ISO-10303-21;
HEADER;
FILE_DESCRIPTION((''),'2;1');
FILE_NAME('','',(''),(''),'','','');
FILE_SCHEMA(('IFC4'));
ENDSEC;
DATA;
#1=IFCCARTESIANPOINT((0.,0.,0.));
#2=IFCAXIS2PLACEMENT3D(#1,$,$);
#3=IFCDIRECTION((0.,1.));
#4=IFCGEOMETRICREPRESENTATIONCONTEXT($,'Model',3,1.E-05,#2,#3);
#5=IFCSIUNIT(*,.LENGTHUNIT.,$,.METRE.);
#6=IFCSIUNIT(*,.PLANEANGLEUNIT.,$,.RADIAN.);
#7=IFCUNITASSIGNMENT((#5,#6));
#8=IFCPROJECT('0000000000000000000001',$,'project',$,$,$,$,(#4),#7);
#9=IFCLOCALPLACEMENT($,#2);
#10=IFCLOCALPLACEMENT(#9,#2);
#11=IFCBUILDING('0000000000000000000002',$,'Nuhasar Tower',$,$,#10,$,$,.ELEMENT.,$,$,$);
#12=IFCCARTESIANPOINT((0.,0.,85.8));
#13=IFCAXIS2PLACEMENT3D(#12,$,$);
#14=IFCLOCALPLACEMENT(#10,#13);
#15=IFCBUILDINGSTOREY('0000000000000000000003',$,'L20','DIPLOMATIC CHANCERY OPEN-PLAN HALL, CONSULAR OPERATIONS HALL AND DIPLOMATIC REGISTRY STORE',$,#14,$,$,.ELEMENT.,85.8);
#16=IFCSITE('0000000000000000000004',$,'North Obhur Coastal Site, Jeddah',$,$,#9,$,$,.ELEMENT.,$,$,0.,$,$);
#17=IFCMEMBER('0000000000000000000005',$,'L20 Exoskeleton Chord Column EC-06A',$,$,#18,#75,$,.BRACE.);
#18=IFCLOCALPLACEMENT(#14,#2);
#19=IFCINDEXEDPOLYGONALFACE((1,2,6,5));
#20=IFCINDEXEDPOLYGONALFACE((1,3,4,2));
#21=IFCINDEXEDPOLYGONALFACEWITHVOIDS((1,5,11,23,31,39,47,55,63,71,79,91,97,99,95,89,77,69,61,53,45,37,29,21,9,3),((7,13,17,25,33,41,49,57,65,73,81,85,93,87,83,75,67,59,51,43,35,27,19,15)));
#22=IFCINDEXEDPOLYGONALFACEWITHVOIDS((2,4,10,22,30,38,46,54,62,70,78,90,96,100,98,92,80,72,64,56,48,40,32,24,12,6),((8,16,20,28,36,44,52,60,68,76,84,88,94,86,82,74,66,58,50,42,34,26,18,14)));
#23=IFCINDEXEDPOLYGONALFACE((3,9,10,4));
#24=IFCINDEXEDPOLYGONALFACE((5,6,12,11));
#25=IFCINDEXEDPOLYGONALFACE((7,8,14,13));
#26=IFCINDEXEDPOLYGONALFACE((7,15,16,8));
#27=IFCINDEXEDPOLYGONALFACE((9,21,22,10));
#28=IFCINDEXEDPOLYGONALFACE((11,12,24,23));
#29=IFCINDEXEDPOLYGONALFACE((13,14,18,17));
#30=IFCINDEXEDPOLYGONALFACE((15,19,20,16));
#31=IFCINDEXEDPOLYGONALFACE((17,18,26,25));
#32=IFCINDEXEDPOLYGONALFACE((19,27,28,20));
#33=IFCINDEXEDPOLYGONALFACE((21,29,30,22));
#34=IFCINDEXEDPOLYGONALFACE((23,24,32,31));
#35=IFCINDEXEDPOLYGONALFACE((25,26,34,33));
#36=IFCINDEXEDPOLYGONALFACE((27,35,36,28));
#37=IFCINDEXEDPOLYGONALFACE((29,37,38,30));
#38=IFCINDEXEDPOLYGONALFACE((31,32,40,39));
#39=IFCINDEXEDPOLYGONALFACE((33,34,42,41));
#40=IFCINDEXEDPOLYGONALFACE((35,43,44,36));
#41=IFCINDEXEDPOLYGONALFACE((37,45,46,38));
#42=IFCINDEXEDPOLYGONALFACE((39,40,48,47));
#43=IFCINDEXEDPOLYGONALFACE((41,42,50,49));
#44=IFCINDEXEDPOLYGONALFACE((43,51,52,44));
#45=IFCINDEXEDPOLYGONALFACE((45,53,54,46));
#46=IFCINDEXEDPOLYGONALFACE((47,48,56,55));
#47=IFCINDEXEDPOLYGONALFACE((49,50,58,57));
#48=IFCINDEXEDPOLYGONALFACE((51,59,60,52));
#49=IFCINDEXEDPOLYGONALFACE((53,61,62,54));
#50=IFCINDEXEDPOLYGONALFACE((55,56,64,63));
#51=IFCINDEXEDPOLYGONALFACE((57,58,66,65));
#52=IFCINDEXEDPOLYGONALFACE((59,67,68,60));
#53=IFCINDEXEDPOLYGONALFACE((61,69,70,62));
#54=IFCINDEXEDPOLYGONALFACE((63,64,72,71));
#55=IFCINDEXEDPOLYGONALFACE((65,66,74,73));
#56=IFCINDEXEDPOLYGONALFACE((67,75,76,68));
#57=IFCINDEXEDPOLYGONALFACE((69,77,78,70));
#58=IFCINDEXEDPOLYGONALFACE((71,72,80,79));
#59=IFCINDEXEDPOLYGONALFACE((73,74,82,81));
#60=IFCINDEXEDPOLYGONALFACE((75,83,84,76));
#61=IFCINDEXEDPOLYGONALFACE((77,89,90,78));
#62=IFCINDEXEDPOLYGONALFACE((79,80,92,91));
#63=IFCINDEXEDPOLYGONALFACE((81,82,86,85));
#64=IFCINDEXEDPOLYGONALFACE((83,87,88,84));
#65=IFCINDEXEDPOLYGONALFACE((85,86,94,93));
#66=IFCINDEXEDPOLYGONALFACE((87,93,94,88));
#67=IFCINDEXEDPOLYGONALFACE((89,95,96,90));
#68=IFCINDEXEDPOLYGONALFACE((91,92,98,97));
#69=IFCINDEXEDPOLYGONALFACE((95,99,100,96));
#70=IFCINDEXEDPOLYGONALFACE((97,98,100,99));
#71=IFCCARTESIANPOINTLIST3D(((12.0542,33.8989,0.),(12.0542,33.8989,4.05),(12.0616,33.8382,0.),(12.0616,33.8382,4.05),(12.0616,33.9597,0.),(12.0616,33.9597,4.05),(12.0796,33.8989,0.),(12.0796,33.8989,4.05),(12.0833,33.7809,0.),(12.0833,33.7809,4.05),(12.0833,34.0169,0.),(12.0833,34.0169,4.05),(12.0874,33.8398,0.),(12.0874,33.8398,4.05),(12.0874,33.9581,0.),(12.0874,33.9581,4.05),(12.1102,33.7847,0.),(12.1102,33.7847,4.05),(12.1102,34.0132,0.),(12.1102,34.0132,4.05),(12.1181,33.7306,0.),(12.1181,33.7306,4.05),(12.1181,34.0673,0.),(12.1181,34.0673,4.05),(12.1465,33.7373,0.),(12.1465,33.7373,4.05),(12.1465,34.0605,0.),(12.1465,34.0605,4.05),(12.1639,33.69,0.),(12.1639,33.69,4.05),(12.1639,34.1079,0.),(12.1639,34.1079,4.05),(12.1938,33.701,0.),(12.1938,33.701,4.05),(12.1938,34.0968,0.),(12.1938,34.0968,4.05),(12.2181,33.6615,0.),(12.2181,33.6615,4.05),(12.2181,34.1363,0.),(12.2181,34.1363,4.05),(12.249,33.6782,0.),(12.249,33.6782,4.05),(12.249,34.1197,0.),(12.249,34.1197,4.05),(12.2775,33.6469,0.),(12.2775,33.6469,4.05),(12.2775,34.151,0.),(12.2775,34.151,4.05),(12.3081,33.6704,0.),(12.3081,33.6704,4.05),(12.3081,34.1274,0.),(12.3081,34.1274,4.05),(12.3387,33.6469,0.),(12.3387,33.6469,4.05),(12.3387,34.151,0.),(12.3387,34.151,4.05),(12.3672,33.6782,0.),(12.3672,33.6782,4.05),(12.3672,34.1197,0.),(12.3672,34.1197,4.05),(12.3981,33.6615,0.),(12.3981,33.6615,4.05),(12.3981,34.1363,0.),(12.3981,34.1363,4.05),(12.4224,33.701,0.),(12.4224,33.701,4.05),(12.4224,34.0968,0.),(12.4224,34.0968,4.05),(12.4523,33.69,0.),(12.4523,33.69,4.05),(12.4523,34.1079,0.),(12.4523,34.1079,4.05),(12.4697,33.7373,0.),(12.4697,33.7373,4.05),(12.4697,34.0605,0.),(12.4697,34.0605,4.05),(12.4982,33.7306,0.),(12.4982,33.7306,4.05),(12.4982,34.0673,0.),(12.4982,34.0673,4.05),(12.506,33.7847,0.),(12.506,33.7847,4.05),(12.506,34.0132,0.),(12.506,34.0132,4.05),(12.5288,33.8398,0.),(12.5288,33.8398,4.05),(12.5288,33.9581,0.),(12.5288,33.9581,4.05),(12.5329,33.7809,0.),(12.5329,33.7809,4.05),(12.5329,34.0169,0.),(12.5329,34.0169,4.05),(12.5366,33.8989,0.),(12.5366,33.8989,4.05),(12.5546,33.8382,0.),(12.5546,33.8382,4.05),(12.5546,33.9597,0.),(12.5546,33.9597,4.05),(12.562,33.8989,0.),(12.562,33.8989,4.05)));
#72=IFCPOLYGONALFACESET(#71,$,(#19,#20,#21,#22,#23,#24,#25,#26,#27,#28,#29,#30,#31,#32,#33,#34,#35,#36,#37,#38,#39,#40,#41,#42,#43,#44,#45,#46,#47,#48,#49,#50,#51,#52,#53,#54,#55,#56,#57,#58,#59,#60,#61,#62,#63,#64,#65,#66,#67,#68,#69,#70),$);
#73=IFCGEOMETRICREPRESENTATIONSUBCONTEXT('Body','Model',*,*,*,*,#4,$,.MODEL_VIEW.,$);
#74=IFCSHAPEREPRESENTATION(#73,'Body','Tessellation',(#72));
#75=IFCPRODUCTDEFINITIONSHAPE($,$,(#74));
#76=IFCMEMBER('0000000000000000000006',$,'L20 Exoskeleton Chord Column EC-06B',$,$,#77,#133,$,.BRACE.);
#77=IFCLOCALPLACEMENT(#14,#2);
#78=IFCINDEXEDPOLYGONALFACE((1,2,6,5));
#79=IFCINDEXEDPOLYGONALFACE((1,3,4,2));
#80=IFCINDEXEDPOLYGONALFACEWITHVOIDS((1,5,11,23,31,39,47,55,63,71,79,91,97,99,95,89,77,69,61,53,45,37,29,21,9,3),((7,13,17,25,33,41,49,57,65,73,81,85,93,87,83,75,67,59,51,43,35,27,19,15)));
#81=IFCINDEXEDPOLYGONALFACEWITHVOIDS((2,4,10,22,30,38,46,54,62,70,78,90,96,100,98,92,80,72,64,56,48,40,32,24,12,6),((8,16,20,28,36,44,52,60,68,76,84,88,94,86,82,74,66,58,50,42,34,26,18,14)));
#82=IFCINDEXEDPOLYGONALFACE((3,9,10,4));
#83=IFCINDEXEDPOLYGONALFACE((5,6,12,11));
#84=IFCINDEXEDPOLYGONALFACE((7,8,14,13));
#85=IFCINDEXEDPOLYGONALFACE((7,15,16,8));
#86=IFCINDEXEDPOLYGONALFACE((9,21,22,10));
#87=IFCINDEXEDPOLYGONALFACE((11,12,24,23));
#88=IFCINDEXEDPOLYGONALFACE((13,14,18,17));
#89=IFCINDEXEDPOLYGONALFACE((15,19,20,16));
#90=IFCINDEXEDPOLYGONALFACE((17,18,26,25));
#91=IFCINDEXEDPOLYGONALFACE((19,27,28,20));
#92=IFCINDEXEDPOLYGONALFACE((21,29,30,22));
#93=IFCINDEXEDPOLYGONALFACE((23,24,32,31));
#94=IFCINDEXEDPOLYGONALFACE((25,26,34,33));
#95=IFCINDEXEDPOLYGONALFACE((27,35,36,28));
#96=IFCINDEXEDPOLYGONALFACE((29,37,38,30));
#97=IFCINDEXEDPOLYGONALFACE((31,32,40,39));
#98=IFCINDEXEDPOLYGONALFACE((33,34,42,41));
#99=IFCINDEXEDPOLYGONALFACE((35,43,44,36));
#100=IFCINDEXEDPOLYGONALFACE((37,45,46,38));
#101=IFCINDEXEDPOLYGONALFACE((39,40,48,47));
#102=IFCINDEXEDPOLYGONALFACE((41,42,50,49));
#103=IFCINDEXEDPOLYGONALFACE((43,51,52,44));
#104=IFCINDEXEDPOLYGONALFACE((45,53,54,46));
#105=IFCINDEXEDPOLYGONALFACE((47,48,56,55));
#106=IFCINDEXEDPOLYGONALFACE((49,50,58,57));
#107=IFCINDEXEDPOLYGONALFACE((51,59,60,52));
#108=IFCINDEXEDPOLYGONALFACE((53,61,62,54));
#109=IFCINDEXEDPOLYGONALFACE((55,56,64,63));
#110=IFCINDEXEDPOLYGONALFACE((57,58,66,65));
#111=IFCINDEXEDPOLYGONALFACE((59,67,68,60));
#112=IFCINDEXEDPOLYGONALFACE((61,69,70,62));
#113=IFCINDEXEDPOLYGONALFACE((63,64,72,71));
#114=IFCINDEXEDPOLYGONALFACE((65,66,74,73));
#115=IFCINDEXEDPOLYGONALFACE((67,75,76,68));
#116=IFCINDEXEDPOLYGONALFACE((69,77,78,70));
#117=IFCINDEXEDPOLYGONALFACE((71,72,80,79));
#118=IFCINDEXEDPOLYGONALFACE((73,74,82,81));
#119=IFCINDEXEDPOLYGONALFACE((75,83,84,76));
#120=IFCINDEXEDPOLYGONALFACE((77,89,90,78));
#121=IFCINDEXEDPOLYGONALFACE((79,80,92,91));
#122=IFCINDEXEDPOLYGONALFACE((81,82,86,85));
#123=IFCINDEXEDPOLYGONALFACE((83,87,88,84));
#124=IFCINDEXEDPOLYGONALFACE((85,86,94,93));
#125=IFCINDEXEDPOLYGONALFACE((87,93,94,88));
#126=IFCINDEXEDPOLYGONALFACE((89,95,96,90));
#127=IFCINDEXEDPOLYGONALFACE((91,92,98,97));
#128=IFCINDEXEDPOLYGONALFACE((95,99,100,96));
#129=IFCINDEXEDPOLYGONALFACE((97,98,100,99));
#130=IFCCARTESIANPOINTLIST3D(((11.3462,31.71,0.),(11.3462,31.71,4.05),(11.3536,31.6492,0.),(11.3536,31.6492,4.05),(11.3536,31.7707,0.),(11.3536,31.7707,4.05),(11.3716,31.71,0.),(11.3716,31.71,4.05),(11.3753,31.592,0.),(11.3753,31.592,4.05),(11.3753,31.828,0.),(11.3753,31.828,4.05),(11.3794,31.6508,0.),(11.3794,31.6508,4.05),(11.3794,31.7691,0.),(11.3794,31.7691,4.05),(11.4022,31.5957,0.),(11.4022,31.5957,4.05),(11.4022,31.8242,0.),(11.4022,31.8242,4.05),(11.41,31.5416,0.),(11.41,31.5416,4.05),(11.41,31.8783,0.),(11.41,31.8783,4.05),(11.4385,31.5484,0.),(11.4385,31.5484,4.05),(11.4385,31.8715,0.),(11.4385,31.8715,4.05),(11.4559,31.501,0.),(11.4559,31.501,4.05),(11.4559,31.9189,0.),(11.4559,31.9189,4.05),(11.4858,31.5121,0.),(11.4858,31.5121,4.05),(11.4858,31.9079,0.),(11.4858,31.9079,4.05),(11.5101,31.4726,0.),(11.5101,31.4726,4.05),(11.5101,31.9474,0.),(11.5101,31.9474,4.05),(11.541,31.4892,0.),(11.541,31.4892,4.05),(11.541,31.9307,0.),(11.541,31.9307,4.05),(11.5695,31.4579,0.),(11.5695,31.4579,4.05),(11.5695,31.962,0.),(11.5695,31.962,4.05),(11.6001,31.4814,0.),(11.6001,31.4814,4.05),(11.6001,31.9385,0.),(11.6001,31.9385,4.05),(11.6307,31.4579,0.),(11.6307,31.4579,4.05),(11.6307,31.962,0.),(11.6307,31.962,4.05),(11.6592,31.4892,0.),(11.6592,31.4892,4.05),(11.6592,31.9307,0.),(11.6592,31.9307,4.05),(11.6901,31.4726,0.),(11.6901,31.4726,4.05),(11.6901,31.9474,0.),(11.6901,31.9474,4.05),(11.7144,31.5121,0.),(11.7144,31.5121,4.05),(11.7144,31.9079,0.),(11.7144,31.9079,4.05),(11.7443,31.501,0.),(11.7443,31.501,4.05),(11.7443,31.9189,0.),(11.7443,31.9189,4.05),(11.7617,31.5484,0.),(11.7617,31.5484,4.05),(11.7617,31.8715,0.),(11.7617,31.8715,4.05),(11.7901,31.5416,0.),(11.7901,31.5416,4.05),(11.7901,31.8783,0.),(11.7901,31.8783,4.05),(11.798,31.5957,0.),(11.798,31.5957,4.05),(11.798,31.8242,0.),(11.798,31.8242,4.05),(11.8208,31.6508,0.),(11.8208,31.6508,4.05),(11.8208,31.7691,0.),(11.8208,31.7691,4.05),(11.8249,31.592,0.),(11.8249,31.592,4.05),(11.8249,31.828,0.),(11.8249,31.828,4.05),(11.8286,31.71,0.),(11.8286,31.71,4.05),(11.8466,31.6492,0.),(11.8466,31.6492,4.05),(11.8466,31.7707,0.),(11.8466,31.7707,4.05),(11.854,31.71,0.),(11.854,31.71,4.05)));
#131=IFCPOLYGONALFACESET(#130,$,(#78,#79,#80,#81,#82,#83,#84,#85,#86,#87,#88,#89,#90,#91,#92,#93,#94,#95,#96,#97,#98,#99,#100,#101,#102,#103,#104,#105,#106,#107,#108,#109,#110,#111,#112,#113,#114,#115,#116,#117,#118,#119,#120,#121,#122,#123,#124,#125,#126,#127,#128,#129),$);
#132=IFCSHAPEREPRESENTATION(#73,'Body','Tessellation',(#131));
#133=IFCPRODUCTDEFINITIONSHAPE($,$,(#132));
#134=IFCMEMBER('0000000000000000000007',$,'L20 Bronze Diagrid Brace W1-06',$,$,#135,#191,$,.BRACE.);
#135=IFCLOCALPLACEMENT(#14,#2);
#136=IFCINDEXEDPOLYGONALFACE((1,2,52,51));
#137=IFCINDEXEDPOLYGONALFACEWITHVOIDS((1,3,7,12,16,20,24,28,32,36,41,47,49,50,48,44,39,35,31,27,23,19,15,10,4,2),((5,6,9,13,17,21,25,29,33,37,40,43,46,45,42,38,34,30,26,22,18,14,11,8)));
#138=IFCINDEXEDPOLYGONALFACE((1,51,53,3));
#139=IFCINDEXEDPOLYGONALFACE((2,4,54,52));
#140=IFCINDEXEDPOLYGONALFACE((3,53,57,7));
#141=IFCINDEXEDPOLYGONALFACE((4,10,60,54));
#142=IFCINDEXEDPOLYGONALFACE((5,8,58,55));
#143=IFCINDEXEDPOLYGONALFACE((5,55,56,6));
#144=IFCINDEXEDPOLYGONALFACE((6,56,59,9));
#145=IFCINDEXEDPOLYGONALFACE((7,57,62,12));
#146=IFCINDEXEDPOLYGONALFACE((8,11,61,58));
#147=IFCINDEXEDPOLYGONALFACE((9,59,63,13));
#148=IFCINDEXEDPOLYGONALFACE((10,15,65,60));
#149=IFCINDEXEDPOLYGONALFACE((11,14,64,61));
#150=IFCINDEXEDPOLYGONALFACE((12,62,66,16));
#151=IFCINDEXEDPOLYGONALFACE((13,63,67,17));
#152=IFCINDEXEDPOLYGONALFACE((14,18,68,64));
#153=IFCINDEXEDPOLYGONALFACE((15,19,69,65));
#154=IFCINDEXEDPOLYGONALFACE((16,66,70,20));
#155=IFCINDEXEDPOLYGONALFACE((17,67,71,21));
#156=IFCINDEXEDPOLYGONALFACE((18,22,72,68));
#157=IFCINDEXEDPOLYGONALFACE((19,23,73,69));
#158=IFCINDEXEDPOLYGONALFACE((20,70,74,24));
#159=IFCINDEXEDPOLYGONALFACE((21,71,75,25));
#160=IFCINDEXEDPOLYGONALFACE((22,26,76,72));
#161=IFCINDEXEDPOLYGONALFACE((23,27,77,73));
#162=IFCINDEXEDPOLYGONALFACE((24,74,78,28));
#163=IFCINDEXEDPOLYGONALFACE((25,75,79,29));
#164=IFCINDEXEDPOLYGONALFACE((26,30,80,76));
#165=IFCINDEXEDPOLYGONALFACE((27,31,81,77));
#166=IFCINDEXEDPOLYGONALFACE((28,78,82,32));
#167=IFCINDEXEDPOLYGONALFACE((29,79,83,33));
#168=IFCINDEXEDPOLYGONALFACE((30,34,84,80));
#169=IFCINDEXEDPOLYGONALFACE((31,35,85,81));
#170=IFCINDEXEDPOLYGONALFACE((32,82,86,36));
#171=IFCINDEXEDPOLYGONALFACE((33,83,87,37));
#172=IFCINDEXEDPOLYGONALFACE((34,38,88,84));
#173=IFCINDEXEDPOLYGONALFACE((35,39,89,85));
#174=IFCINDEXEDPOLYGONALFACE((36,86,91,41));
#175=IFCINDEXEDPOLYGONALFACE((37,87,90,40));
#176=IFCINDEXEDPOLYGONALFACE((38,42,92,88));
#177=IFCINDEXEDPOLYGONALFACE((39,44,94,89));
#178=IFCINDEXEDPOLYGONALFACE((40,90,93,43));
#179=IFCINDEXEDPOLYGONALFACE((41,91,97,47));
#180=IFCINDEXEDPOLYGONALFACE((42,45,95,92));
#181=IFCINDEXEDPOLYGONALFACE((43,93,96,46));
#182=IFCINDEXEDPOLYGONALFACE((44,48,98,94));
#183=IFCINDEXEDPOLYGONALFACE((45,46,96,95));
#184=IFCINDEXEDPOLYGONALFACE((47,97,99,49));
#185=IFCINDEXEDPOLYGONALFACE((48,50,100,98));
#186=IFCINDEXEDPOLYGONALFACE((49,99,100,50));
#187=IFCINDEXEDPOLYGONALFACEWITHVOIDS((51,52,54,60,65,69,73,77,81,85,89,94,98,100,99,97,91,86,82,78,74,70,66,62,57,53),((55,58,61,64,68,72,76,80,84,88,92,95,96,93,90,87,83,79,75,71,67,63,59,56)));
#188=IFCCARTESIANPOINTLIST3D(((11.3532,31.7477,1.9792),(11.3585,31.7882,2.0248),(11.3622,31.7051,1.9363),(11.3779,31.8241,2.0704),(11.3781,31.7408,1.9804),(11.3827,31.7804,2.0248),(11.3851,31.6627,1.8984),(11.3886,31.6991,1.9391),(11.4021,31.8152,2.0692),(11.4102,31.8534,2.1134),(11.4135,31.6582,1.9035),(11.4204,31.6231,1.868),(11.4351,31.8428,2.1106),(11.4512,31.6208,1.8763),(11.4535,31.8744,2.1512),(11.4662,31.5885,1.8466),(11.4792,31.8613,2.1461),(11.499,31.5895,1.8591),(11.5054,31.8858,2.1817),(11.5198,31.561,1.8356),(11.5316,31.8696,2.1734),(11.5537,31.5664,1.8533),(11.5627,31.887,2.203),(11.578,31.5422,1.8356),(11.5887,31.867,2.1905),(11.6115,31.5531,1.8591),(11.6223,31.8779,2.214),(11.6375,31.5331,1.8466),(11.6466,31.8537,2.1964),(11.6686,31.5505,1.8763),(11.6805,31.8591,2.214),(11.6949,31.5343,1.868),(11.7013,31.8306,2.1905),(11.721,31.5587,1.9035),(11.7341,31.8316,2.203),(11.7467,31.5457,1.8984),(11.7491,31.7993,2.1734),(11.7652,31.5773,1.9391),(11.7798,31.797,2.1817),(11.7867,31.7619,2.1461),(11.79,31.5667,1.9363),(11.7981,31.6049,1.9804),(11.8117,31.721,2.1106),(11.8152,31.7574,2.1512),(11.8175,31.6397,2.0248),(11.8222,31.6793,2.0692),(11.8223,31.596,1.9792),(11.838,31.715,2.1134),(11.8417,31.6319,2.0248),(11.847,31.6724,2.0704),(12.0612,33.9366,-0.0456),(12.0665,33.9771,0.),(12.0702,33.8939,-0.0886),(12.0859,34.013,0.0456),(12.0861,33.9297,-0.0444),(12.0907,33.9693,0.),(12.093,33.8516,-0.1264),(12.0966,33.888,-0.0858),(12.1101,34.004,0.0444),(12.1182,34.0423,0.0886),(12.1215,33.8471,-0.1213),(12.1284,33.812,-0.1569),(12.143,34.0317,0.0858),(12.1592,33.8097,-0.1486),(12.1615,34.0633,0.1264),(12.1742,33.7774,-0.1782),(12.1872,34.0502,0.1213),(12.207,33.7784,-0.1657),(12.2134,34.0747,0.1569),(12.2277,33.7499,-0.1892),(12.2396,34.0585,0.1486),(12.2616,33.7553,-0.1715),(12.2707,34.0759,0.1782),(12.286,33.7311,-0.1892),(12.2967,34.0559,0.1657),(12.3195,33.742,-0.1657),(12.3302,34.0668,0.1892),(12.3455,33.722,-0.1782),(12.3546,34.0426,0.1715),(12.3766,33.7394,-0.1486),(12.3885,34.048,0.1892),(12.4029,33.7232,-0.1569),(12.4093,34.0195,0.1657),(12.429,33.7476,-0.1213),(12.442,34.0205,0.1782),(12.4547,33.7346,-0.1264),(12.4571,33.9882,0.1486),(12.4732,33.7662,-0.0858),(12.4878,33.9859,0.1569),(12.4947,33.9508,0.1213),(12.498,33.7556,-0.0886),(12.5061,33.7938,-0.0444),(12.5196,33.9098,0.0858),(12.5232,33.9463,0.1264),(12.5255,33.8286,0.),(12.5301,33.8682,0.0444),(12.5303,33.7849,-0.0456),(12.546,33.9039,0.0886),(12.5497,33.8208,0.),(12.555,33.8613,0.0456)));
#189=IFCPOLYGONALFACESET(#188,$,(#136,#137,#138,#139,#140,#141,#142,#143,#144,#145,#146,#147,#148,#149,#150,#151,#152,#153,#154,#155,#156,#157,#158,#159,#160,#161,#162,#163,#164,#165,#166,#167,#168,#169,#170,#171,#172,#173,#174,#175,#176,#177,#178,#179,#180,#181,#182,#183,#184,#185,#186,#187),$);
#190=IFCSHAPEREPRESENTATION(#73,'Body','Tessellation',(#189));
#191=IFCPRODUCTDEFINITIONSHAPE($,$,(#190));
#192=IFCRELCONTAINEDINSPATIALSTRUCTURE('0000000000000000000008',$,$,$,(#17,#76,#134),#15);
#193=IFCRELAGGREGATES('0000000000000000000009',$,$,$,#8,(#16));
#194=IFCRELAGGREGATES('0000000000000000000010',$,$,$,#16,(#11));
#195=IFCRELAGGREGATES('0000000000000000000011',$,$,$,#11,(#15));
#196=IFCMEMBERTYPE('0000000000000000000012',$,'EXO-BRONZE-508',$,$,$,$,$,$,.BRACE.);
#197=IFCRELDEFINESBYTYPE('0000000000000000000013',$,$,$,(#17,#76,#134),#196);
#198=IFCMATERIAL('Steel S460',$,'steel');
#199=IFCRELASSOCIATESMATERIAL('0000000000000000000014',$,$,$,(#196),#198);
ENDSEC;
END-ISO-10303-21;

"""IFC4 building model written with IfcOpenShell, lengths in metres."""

from ifc_helpers import new_model, si_unit, direction, frame, origin, origin_2d, place, context, subcontext, project, spatial, hollow_circle, extrude, material, material_profile, profile_set, type_object, element, save


model = new_model("IFC4")

# Units and contexts
model_context = context("Model", 3, precision=1e-05, world=origin(), true_north=direction((0.0, 1.0)))
body_context = subcontext(model_context, "Body", "Model", "MODEL_VIEW")
ifc_project = project(units=[si_unit("LENGTHUNIT", "METRE"), si_unit("PLANEANGLEUNIT", "RADIAN")], contexts=[model_context])

# Site, building, storey
site_placement = place(None, origin())
site = spatial("IfcSite", under=ifc_project, at=site_placement, Name="North Obhur Coastal Site, Jeddah", CompositionType="ELEMENT", RefElevation=0.0)
building_placement = place(site_placement, origin())
building = spatial("IfcBuilding", under=site, at=building_placement, Name="Nuhasar Tower", CompositionType="ELEMENT")
storey_placement = place(building_placement, frame((0.0, 0.0, 85.8)))
storey = spatial("IfcBuildingStorey", under=building, at=storey_placement, Name="L20", Description="DIPLOMATIC CHANCERY OPEN-PLAN HALL, CONSULAR OPERATIONS HALL AND DIPLOMATIC REGISTRY STORE", CompositionType="ELEMENT", Elevation=85.8)

# Members
ifc_material_1 = material(Name="Steel S460", Category="steel")
ifc_material_profile_1 = material_profile(ifc_material_1, hollow_circle(Radius=0.2539, WallThickness=0.0254, at=origin_2d()), Name="HSS508X25.4")
ifc_profile_set_1 = profile_set([ifc_material_profile_1], Name="Steel S460")
member_type_1 = type_object("IfcMemberType", Name="EXO-BRONZE-508", PredefinedType="BRACE", material=ifc_profile_set_1)
for number, where, z_axis, x_axis, name in (
    (1, (12.3081, 33.8989, 0.0), (0.0, 0.0, 1.0), (1.0, 0.0, 0.0), "L20 Exoskeleton Chord Column EC-06A"),
    (2, (11.6001, 31.71, 0.0), (0.0, 0.0, 1.0), (1.0, 0.0, 0.0), "L20 Exoskeleton Chord Column EC-06B"),
):
    element("IfcMember", number, at=place(storey_placement, frame(where, z_axis=z_axis, x_axis=x_axis)), inside=storey, type_object=member_type_1, Name=name, PredefinedType="BRACE", context=body_context, shape_type="SweptSolid", body=[
        extrude(hollow_circle(Radius=0.2539, WallThickness=0.0254, at=origin_2d()), origin(), (0.0, 0.0, 1.0), 4.05),
    ])
member_1_placement = place(storey_placement, frame((12.3081, 33.8989, 0.0), z_axis=(-0.231012, -0.714225, 0.660694), x_axis=(0.951468, -0.307747, 0.0)))
element("IfcMember", 3, at=member_1_placement, inside=storey, type_object=member_type_1, Name="L20 Bronze Diagrid Brace W1-06", PredefinedType="BRACE", context=body_context, shape_type="SweptSolid", body=[
    extrude(hollow_circle(Radius=0.2539, WallThickness=0.0254, at=origin_2d()), origin(), (0.0, 0.0, 1.0), 3.0647),
])

save(model, "model.ifc")
